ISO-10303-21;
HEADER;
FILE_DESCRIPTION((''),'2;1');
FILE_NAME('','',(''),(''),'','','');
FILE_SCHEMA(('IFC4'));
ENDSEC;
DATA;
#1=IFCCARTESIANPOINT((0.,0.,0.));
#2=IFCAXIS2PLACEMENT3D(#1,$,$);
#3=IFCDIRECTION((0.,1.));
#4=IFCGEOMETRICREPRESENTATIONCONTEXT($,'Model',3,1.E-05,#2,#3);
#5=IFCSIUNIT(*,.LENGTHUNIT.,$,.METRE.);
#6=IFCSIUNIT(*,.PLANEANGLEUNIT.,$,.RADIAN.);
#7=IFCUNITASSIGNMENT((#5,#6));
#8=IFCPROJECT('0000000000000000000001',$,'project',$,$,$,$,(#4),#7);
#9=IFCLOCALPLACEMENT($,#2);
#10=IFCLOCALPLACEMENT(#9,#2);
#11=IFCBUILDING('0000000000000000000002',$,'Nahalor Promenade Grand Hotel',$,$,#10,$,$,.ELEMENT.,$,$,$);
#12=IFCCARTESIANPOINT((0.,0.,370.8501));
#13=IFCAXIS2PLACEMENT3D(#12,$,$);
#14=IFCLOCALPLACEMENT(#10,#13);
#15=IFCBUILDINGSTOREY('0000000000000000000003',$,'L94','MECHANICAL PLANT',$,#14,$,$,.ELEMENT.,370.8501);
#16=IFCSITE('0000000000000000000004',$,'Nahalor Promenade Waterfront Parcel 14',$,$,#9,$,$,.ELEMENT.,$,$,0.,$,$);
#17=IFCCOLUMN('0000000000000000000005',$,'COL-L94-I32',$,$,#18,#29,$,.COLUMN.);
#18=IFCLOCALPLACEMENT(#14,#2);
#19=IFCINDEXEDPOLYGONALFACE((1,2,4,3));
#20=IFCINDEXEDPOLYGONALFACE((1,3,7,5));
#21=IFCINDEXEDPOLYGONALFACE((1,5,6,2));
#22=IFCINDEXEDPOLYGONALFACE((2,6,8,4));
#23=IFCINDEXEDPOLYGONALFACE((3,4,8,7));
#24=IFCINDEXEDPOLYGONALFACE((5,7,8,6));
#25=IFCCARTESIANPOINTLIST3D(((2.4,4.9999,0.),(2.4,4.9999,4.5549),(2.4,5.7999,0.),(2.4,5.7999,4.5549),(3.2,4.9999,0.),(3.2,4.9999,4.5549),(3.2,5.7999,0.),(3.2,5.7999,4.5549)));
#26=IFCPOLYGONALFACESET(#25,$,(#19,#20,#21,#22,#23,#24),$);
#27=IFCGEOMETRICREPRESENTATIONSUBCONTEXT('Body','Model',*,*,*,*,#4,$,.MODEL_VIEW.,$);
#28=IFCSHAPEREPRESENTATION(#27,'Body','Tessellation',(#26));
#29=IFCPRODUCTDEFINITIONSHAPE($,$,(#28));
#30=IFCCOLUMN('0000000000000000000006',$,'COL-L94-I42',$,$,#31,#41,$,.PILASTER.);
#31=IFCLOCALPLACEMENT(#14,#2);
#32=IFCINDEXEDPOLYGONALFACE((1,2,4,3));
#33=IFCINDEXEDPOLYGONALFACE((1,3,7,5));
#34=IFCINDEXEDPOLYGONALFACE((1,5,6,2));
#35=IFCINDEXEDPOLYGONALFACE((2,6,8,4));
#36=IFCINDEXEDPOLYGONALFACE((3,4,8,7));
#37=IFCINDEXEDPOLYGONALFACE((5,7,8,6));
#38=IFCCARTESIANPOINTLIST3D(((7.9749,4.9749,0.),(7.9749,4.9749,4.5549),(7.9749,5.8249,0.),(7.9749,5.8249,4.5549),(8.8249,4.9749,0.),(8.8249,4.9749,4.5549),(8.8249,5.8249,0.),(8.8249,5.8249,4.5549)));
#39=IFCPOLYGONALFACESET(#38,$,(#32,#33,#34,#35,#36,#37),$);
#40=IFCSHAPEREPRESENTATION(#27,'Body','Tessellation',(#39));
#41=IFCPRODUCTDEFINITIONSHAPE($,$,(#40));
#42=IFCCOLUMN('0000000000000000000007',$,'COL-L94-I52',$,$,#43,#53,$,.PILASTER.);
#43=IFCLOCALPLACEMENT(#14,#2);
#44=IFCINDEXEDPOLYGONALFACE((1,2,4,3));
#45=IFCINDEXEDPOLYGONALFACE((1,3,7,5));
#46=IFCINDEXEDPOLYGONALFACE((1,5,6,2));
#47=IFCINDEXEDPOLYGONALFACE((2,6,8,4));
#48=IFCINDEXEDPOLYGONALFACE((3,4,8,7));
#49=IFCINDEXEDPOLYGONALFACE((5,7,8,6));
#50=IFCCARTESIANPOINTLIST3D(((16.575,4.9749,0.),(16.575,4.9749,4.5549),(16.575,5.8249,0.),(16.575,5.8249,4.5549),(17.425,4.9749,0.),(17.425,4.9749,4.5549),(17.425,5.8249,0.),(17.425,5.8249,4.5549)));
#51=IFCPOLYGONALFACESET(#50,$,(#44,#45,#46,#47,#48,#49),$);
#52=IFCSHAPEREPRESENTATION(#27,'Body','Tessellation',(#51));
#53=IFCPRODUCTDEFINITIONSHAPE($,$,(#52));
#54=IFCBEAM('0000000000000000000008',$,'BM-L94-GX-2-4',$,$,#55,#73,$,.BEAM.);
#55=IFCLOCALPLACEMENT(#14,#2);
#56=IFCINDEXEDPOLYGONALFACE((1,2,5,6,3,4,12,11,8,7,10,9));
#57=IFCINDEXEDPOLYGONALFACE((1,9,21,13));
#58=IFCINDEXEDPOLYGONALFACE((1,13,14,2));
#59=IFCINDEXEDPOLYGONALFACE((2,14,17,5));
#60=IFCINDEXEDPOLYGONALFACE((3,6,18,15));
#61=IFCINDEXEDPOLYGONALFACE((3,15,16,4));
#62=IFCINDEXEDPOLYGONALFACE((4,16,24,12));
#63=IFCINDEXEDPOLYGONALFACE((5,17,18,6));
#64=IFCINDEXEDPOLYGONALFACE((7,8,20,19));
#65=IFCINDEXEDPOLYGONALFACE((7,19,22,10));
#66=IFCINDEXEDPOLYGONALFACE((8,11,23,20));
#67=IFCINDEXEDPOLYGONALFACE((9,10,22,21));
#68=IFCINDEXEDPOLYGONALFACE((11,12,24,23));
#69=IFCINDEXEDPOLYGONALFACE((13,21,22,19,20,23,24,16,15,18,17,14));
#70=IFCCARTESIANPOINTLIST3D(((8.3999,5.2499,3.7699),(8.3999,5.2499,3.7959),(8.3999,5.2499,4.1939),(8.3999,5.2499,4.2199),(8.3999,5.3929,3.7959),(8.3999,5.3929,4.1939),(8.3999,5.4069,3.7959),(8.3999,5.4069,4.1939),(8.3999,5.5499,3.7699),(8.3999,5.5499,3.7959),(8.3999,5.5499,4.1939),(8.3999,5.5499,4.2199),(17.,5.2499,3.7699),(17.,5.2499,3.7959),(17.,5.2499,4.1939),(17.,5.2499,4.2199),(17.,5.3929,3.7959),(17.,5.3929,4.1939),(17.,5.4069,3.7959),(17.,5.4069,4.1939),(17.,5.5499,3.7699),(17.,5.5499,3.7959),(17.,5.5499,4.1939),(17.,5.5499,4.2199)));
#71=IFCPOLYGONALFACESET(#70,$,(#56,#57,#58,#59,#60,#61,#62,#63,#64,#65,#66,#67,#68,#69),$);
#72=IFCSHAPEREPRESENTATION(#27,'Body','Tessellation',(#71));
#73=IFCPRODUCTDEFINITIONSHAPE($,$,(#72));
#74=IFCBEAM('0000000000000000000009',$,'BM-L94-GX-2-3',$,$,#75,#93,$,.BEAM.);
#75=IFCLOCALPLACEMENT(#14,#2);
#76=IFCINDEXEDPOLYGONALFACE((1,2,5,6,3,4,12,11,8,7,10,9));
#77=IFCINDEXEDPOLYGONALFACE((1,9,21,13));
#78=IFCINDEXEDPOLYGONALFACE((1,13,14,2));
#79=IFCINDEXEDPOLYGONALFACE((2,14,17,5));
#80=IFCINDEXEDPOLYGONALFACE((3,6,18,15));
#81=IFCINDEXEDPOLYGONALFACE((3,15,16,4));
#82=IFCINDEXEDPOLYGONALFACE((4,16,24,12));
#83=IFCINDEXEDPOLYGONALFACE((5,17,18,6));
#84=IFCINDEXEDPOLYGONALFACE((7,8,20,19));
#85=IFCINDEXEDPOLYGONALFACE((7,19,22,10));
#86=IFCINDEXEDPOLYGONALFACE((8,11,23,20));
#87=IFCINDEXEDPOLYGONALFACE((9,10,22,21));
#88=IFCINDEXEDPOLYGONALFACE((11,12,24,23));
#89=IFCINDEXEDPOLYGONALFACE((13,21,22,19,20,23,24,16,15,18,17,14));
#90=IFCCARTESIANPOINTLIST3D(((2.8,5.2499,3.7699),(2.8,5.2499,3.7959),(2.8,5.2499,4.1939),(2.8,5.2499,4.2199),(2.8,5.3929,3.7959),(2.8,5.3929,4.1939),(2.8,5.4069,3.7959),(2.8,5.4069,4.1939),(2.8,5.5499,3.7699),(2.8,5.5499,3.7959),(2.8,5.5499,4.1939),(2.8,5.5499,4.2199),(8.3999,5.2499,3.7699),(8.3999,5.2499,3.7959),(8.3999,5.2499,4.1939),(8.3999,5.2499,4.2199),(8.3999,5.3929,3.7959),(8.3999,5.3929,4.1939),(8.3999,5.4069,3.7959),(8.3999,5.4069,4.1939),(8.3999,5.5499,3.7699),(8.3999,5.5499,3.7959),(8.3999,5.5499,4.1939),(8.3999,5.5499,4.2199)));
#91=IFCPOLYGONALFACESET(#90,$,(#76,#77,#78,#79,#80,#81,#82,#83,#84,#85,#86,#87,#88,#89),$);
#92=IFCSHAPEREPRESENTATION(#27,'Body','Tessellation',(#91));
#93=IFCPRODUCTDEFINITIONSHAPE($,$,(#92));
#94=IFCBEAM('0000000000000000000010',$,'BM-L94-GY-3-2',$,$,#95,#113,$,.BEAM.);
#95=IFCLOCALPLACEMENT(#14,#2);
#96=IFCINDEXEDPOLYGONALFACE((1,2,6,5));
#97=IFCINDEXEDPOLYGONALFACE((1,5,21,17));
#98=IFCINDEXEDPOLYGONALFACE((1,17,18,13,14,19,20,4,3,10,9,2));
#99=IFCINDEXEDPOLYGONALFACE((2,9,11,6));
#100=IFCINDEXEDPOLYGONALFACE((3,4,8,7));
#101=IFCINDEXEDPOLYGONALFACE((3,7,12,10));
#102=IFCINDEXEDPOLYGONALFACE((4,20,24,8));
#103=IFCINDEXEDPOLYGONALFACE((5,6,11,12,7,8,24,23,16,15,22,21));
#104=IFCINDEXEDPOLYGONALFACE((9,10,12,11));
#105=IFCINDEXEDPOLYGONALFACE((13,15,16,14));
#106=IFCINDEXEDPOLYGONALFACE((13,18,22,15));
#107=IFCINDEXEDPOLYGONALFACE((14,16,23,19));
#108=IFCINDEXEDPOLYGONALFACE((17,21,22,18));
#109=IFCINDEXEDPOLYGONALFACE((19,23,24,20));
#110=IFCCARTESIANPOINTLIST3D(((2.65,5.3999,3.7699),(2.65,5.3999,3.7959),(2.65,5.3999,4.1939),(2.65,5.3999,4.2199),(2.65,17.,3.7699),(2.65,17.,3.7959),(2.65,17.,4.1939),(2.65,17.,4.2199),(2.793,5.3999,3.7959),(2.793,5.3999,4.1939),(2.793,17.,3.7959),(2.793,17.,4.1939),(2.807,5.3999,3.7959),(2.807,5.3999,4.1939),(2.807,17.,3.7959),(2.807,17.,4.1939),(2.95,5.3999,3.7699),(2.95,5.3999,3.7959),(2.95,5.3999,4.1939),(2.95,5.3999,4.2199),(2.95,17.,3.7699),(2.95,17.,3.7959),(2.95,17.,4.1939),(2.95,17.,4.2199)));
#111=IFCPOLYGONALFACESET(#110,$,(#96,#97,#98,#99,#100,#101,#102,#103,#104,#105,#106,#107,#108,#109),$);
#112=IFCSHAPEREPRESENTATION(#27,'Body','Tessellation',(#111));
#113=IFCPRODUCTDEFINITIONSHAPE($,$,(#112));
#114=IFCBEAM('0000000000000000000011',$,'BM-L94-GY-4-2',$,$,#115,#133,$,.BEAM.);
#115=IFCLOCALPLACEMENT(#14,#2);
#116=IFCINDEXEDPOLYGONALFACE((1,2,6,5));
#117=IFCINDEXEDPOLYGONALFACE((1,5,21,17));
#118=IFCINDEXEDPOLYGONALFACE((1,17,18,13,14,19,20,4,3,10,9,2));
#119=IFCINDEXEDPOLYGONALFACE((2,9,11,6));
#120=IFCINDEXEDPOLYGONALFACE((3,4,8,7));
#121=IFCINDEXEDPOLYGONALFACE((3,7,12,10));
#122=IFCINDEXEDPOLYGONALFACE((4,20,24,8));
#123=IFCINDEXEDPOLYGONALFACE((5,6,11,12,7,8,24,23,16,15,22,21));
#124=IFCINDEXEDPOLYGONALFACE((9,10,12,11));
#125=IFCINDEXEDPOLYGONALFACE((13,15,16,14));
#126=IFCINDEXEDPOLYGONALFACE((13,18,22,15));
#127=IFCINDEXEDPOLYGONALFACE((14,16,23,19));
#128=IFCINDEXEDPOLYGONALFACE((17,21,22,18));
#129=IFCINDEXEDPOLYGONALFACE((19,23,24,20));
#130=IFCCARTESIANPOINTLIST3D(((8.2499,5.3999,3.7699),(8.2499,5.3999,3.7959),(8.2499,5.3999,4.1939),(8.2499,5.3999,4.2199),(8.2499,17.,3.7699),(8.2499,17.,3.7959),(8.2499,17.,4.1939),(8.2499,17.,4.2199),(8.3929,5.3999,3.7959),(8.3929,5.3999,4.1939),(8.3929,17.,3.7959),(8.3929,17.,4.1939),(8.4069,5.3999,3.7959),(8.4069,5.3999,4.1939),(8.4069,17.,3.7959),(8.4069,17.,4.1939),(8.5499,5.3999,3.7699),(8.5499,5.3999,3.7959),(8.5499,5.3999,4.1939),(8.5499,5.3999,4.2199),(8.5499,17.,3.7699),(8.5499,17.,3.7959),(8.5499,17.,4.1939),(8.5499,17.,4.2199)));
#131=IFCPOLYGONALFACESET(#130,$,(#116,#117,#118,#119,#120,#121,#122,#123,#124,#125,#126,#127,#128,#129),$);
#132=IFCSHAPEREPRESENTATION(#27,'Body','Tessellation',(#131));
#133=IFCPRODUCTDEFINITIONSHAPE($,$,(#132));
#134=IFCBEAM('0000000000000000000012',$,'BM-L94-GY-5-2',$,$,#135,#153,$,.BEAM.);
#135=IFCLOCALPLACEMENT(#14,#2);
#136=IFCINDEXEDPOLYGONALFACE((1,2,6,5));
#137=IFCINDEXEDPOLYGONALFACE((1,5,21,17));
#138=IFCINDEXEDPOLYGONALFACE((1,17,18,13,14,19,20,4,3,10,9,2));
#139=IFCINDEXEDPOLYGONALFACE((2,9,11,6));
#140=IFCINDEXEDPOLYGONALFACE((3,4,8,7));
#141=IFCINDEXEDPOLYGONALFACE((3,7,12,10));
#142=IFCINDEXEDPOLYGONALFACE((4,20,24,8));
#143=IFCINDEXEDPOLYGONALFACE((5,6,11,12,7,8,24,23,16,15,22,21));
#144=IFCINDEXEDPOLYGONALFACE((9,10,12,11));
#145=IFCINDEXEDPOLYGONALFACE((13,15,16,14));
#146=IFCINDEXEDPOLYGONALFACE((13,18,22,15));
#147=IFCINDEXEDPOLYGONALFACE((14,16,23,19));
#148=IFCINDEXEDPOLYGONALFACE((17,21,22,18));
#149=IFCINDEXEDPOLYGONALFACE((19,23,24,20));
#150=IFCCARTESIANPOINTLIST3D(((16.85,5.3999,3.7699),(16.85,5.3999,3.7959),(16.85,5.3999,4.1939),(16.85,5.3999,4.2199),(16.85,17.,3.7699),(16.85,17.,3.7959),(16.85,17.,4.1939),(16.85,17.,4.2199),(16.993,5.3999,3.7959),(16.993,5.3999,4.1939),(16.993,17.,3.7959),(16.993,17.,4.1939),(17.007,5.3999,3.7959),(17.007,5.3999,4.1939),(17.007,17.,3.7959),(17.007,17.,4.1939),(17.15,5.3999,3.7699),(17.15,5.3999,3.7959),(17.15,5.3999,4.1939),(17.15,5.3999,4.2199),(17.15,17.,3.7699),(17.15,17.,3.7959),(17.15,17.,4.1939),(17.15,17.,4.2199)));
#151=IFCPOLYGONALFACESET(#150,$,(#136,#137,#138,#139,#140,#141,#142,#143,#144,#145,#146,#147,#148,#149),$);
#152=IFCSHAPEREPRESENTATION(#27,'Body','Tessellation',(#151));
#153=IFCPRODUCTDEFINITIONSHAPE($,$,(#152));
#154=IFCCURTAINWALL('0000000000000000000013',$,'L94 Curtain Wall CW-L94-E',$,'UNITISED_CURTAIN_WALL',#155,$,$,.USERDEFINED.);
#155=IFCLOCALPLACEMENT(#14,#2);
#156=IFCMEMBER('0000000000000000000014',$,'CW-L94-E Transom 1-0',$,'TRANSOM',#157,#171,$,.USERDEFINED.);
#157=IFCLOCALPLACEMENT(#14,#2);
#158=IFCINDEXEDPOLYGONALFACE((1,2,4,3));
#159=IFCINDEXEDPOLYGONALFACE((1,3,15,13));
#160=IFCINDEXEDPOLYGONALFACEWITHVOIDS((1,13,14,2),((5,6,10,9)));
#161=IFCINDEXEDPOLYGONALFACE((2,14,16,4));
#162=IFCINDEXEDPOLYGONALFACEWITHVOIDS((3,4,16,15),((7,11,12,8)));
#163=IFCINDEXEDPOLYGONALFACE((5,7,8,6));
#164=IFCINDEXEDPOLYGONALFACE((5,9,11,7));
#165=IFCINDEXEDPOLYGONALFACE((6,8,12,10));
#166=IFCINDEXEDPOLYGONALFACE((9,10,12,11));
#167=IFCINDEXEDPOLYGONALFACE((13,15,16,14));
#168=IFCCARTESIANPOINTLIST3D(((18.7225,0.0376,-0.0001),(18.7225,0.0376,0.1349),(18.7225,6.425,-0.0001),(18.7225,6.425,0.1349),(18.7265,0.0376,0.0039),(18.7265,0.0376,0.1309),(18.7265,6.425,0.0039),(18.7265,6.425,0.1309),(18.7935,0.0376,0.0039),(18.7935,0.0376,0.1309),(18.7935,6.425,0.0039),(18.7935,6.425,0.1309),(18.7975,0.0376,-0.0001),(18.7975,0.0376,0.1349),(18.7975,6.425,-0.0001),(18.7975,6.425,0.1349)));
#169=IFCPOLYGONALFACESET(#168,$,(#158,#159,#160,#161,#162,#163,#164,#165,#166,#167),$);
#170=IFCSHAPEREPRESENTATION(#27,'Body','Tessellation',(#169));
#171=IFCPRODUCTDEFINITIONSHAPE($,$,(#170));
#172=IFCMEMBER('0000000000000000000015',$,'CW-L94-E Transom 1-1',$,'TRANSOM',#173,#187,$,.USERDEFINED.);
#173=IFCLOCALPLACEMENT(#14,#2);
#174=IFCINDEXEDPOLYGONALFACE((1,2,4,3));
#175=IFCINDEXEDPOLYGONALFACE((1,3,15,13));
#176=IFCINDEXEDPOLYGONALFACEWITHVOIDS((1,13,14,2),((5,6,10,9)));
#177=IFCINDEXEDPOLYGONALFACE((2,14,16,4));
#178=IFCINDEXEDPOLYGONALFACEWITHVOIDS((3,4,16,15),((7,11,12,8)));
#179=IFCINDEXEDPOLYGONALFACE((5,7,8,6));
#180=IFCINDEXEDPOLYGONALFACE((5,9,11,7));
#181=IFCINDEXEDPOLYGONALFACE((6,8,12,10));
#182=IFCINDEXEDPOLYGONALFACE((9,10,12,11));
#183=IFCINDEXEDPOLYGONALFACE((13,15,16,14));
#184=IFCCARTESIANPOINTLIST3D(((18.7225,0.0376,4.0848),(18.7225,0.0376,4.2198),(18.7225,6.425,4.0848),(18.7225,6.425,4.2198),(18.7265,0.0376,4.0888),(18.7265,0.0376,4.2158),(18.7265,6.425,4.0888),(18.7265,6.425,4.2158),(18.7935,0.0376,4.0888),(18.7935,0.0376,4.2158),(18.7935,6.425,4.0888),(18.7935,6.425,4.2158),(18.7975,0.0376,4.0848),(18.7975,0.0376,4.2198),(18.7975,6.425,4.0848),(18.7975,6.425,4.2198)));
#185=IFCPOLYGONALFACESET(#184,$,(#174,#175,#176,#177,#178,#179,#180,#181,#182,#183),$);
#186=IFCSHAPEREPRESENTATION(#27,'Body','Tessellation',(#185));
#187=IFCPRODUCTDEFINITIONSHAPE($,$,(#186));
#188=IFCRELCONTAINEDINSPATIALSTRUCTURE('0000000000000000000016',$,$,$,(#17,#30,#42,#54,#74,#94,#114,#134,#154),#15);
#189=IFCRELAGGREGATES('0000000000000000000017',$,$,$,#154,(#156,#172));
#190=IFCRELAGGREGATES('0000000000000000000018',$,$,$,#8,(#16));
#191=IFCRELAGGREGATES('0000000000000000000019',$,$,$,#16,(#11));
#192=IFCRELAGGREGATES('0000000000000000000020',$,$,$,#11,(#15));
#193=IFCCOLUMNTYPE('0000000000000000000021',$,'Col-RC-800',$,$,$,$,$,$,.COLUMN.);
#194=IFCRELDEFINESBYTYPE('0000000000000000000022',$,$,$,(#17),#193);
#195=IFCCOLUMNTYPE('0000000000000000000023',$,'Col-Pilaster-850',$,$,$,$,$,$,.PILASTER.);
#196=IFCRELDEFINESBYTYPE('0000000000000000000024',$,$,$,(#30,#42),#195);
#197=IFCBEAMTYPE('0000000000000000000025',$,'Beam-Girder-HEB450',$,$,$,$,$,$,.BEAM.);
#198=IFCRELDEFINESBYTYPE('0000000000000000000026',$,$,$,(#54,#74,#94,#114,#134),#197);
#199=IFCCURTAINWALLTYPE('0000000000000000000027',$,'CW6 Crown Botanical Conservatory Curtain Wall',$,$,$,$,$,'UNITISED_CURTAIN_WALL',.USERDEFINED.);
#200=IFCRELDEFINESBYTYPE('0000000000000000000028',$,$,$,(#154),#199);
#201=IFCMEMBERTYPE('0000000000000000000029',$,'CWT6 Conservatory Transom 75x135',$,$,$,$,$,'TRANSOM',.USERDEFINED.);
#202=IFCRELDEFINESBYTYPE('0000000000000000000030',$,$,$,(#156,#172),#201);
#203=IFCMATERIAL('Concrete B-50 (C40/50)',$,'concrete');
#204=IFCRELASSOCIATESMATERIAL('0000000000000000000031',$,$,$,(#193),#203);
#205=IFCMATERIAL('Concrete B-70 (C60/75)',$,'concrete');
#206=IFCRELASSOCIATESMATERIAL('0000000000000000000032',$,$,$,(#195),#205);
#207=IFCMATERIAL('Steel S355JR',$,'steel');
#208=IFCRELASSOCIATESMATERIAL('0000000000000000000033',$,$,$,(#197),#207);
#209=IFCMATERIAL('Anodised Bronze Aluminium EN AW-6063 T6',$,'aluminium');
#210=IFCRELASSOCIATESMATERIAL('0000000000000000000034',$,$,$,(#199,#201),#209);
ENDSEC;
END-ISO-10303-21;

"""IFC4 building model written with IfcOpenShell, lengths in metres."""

from ifc_helpers import new_model, si_unit, direction, frame, origin, origin_2d, place, context, subcontext, project, spatial, rectangle, hollow_rectangle, i_section, extrude, source, transform, mapped, material, material_profile, profile_set, type_object, element, aggregate, save


model = new_model("IFC4")

# Units and contexts
model_context = context("Model", 3, precision=1e-05, world=origin(), true_north=direction((0.0, 1.0)))
body_context = subcontext(model_context, "Body", "Model", "MODEL_VIEW")
ifc_project = project(units=[si_unit("LENGTHUNIT", "METRE"), si_unit("PLANEANGLEUNIT", "RADIAN")], contexts=[model_context])

# Site, building, storey
site_placement = place(None, origin())
site = spatial("IfcSite", under=ifc_project, at=site_placement, Name="Nahalor Promenade Waterfront Parcel 14", CompositionType="ELEMENT", RefElevation=0.0)
building_placement = place(site_placement, origin())
building = spatial("IfcBuilding", under=site, at=building_placement, Name="Nahalor Promenade Grand Hotel", CompositionType="ELEMENT")
storey_placement = place(building_placement, frame((0.0, 0.0, 370.8501)))
storey = spatial("IfcBuildingStorey", under=building, at=storey_placement, Name="L94", Description="MECHANICAL PLANT", CompositionType="ELEMENT", Elevation=370.8501)

# Columns
ifc_material_1 = material(Name="Concrete B-50 (C40/50)", Category="concrete")
ifc_material_profile_1 = material_profile(ifc_material_1, rectangle(XDim=0.8, YDim=0.8, at=origin_2d()), Name="RC 800x800")
ifc_profile_set_1 = profile_set([ifc_material_profile_1], Name="Concrete B-50 (C40/50)")
column_type_1 = type_object("IfcColumnType", Name="Col-RC-800", PredefinedType="COLUMN", material=ifc_profile_set_1)
shared_shape_1 = source(origin(), body_context, "Body", "SweptSolid", [
    extrude(rectangle(XDim=0.8, YDim=0.8, at=origin_2d()), origin(), (0.0, 0.0, 1.0), 4.5549),
])
column_placement = place(storey_placement, frame((2.8, 5.3999, 0.0), z_axis=(0.0, 0.0, 1.0), x_axis=(1.0, 0.0, 0.0)))
element("IfcColumn", 1, at=column_placement, inside=storey, type_object=column_type_1, Name="COL-L94-I32", PredefinedType="COLUMN", context=body_context, shape_type="MappedRepresentation", body=[
    mapped(shared_shape_1, transform((0.0, 0.0, 0.0), scale=1.0)),
])
ifc_material_2 = material(Name="Concrete B-70 (C60/75)", Category="concrete")
ifc_material_profile_2 = material_profile(ifc_material_2, rectangle(XDim=0.85, YDim=0.85, at=origin_2d()), Name="RC 850x850")
ifc_profile_set_2 = profile_set([ifc_material_profile_2], Name="Concrete B-70 (C60/75)")
column_type_2 = type_object("IfcColumnType", Name="Col-Pilaster-850", PredefinedType="PILASTER", material=ifc_profile_set_2)
shared_shape_2 = source(origin(), body_context, "Body", "SweptSolid", [
    extrude(rectangle(XDim=0.85, YDim=0.85, at=origin_2d()), origin(), (0.0, 0.0, 1.0), 4.5549),
])
for number, where, z_axis, x_axis, name in (
    (2, (8.3999, 5.3999, 0.0), (0.0, 0.0, 1.0), (1.0, 0.0, 0.0), "COL-L94-I42"),
    (3, (17.0, 5.3999, 0.0), (0.0, 0.0, 1.0), (1.0, 0.0, 0.0), "COL-L94-I52"),
):
    element("IfcColumn", number, at=place(storey_placement, frame(where, z_axis=z_axis, x_axis=x_axis)), inside=storey, type_object=column_type_2, Name=name, PredefinedType="PILASTER", context=body_context, shape_type="MappedRepresentation", body=[
        mapped(shared_shape_2, transform((0.0, 0.0, 0.0), scale=1.0)),
    ])

# Beams
ifc_material_3 = material(Name="Steel S355JR", Category="steel")
ifc_material_profile_3 = material_profile(ifc_material_3, i_section(OverallWidth=0.3, OverallDepth=0.45, WebThickness=0.014, FlangeThickness=0.026, at=origin_2d()), Name="HEB 450")
ifc_profile_set_3 = profile_set([ifc_material_profile_3], Name="Steel S355JR")
beam_type = type_object("IfcBeamType", Name="Beam-Girder-HEB450", PredefinedType="BEAM", material=ifc_profile_set_3)
shared_shape_3 = source(origin(), body_context, "Body", "SweptSolid", [
    extrude(i_section(OverallWidth=0.3, OverallDepth=0.45, WebThickness=0.014, FlangeThickness=0.026, at=origin_2d()), origin(), (0.0, 0.0, 1.0), 8.6001),
])
beam_1_placement = place(storey_placement, frame((8.3999, 5.3999, 3.9949), z_axis=(1.0, 0.0, 0.0), x_axis=(0.0, 1.0, 0.0)))
element("IfcBeam", 4, at=beam_1_placement, inside=storey, type_object=beam_type, Name="BM-L94-GX-2-4", PredefinedType="BEAM", context=body_context, shape_type="MappedRepresentation", body=[
    mapped(shared_shape_3, transform((0.0, 0.0, 0.0), scale=1.0)),
])
shared_shape_4 = source(origin(), body_context, "Body", "SweptSolid", [
    extrude(i_section(OverallWidth=0.3, OverallDepth=0.45, WebThickness=0.014, FlangeThickness=0.026, at=origin_2d()), origin(), (0.0, 0.0, 1.0), 5.5999),
])
beam_2_placement = place(storey_placement, frame((2.8, 5.3999, 3.9949), z_axis=(1.0, 0.0, 0.0), x_axis=(0.0, 1.0, 0.0)))
element("IfcBeam", 5, at=beam_2_placement, inside=storey, type_object=beam_type, Name="BM-L94-GX-2-3", PredefinedType="BEAM", context=body_context, shape_type="MappedRepresentation", body=[
    mapped(shared_shape_4, transform((0.0, 0.0, 0.0), scale=1.0)),
])
shared_shape_5 = source(origin(), body_context, "Body", "SweptSolid", [
    extrude(i_section(OverallWidth=0.3, OverallDepth=0.45, WebThickness=0.014, FlangeThickness=0.026, at=origin_2d()), origin(), (0.0, 0.0, 1.0), 11.6001),
])
for number, where, z_axis, x_axis, name in (
    (6, (2.8, 5.3999, 3.9949), (0.0, 1.0, 0.0), (-1.0, 0.0, 0.0), "BM-L94-GY-3-2"),
    (7, (8.3999, 5.3999, 3.9949), (0.0, 1.0, 0.0), (-1.0, 0.0, 0.0), "BM-L94-GY-4-2"),
    (8, (17.0, 5.3999, 3.9949), (0.0, 1.0, 0.0), (-1.0, 0.0, 0.0), "BM-L94-GY-5-2"),
):
    element("IfcBeam", number, at=place(storey_placement, frame(where, z_axis=z_axis, x_axis=x_axis)), inside=storey, type_object=beam_type, Name=name, PredefinedType="BEAM", context=body_context, shape_type="MappedRepresentation", body=[
        mapped(shared_shape_5, transform((0.0, 0.0, 0.0), scale=1.0)),
    ])

# Curtain wall, members
ifc_material_4 = material(Name="Anodised Bronze Aluminium EN AW-6063 T6", Category="aluminium")
curtain_wall_type = type_object("IfcCurtainWallType", Name="CW6 Crown Botanical Conservatory Curtain Wall", ElementType="UNITISED_CURTAIN_WALL", PredefinedType="USERDEFINED", material=ifc_material_4)
curtain_wall_placement = place(storey_placement, origin())
curtain_wall = element("IfcCurtainWall", 9, at=curtain_wall_placement, inside=storey, type_object=curtain_wall_type, Name="L94 Curtain Wall CW-L94-E", ObjectType="UNITISED_CURTAIN_WALL", PredefinedType="USERDEFINED")
ifc_material_profile_4 = material_profile(ifc_material_4, hollow_rectangle(XDim=0.075, YDim=0.135, WallThickness=0.004, at=origin_2d()), Name="CWT 75x135x4")
ifc_profile_set_4 = profile_set([ifc_material_profile_4], Name="Anodised Bronze Aluminium EN AW-6063 T6")
member_type_1 = type_object("IfcMemberType", Name="CWT6 Conservatory Transom 75x135", ElementType="TRANSOM", PredefinedType="USERDEFINED", material=ifc_profile_set_4)
shared_shape_6 = source(origin(), body_context, "Body", "SweptSolid", [
    extrude(hollow_rectangle(XDim=0.075, YDim=0.135, WallThickness=0.004, at=origin_2d()), origin(), (0.0, 0.0, 1.0), 6.3875),
])
member_1_placement = place(storey_placement, frame((18.76, 0.0376, 0.0674), z_axis=(0.0, 1.0, 0.0), x_axis=(-1.0, 0.0, 0.0)))
member_1 = element("IfcMember", 10, at=member_1_placement, type_object=member_type_1, Name="CW-L94-E Transom 1-0", ObjectType="TRANSOM", PredefinedType="USERDEFINED", context=body_context, shape_type="MappedRepresentation", body=[
    mapped(shared_shape_6, transform((0.0, 0.0, 0.0), scale=1.0)),
])
member_2_placement = place(storey_placement, frame((18.76, 0.0376, 4.1523), z_axis=(0.0, 1.0, 0.0), x_axis=(-1.0, 0.0, 0.0)))
member_2 = element("IfcMember", 11, at=member_2_placement, type_object=member_type_1, Name="CW-L94-E Transom 1-1", ObjectType="TRANSOM", PredefinedType="USERDEFINED", context=body_context, shape_type="MappedRepresentation", body=[
    mapped(shared_shape_6, transform((0.0, 0.0, 0.0), scale=1.0)),
])

aggregate(curtain_wall, [member_1, member_2])

save(model, "model.ifc")
